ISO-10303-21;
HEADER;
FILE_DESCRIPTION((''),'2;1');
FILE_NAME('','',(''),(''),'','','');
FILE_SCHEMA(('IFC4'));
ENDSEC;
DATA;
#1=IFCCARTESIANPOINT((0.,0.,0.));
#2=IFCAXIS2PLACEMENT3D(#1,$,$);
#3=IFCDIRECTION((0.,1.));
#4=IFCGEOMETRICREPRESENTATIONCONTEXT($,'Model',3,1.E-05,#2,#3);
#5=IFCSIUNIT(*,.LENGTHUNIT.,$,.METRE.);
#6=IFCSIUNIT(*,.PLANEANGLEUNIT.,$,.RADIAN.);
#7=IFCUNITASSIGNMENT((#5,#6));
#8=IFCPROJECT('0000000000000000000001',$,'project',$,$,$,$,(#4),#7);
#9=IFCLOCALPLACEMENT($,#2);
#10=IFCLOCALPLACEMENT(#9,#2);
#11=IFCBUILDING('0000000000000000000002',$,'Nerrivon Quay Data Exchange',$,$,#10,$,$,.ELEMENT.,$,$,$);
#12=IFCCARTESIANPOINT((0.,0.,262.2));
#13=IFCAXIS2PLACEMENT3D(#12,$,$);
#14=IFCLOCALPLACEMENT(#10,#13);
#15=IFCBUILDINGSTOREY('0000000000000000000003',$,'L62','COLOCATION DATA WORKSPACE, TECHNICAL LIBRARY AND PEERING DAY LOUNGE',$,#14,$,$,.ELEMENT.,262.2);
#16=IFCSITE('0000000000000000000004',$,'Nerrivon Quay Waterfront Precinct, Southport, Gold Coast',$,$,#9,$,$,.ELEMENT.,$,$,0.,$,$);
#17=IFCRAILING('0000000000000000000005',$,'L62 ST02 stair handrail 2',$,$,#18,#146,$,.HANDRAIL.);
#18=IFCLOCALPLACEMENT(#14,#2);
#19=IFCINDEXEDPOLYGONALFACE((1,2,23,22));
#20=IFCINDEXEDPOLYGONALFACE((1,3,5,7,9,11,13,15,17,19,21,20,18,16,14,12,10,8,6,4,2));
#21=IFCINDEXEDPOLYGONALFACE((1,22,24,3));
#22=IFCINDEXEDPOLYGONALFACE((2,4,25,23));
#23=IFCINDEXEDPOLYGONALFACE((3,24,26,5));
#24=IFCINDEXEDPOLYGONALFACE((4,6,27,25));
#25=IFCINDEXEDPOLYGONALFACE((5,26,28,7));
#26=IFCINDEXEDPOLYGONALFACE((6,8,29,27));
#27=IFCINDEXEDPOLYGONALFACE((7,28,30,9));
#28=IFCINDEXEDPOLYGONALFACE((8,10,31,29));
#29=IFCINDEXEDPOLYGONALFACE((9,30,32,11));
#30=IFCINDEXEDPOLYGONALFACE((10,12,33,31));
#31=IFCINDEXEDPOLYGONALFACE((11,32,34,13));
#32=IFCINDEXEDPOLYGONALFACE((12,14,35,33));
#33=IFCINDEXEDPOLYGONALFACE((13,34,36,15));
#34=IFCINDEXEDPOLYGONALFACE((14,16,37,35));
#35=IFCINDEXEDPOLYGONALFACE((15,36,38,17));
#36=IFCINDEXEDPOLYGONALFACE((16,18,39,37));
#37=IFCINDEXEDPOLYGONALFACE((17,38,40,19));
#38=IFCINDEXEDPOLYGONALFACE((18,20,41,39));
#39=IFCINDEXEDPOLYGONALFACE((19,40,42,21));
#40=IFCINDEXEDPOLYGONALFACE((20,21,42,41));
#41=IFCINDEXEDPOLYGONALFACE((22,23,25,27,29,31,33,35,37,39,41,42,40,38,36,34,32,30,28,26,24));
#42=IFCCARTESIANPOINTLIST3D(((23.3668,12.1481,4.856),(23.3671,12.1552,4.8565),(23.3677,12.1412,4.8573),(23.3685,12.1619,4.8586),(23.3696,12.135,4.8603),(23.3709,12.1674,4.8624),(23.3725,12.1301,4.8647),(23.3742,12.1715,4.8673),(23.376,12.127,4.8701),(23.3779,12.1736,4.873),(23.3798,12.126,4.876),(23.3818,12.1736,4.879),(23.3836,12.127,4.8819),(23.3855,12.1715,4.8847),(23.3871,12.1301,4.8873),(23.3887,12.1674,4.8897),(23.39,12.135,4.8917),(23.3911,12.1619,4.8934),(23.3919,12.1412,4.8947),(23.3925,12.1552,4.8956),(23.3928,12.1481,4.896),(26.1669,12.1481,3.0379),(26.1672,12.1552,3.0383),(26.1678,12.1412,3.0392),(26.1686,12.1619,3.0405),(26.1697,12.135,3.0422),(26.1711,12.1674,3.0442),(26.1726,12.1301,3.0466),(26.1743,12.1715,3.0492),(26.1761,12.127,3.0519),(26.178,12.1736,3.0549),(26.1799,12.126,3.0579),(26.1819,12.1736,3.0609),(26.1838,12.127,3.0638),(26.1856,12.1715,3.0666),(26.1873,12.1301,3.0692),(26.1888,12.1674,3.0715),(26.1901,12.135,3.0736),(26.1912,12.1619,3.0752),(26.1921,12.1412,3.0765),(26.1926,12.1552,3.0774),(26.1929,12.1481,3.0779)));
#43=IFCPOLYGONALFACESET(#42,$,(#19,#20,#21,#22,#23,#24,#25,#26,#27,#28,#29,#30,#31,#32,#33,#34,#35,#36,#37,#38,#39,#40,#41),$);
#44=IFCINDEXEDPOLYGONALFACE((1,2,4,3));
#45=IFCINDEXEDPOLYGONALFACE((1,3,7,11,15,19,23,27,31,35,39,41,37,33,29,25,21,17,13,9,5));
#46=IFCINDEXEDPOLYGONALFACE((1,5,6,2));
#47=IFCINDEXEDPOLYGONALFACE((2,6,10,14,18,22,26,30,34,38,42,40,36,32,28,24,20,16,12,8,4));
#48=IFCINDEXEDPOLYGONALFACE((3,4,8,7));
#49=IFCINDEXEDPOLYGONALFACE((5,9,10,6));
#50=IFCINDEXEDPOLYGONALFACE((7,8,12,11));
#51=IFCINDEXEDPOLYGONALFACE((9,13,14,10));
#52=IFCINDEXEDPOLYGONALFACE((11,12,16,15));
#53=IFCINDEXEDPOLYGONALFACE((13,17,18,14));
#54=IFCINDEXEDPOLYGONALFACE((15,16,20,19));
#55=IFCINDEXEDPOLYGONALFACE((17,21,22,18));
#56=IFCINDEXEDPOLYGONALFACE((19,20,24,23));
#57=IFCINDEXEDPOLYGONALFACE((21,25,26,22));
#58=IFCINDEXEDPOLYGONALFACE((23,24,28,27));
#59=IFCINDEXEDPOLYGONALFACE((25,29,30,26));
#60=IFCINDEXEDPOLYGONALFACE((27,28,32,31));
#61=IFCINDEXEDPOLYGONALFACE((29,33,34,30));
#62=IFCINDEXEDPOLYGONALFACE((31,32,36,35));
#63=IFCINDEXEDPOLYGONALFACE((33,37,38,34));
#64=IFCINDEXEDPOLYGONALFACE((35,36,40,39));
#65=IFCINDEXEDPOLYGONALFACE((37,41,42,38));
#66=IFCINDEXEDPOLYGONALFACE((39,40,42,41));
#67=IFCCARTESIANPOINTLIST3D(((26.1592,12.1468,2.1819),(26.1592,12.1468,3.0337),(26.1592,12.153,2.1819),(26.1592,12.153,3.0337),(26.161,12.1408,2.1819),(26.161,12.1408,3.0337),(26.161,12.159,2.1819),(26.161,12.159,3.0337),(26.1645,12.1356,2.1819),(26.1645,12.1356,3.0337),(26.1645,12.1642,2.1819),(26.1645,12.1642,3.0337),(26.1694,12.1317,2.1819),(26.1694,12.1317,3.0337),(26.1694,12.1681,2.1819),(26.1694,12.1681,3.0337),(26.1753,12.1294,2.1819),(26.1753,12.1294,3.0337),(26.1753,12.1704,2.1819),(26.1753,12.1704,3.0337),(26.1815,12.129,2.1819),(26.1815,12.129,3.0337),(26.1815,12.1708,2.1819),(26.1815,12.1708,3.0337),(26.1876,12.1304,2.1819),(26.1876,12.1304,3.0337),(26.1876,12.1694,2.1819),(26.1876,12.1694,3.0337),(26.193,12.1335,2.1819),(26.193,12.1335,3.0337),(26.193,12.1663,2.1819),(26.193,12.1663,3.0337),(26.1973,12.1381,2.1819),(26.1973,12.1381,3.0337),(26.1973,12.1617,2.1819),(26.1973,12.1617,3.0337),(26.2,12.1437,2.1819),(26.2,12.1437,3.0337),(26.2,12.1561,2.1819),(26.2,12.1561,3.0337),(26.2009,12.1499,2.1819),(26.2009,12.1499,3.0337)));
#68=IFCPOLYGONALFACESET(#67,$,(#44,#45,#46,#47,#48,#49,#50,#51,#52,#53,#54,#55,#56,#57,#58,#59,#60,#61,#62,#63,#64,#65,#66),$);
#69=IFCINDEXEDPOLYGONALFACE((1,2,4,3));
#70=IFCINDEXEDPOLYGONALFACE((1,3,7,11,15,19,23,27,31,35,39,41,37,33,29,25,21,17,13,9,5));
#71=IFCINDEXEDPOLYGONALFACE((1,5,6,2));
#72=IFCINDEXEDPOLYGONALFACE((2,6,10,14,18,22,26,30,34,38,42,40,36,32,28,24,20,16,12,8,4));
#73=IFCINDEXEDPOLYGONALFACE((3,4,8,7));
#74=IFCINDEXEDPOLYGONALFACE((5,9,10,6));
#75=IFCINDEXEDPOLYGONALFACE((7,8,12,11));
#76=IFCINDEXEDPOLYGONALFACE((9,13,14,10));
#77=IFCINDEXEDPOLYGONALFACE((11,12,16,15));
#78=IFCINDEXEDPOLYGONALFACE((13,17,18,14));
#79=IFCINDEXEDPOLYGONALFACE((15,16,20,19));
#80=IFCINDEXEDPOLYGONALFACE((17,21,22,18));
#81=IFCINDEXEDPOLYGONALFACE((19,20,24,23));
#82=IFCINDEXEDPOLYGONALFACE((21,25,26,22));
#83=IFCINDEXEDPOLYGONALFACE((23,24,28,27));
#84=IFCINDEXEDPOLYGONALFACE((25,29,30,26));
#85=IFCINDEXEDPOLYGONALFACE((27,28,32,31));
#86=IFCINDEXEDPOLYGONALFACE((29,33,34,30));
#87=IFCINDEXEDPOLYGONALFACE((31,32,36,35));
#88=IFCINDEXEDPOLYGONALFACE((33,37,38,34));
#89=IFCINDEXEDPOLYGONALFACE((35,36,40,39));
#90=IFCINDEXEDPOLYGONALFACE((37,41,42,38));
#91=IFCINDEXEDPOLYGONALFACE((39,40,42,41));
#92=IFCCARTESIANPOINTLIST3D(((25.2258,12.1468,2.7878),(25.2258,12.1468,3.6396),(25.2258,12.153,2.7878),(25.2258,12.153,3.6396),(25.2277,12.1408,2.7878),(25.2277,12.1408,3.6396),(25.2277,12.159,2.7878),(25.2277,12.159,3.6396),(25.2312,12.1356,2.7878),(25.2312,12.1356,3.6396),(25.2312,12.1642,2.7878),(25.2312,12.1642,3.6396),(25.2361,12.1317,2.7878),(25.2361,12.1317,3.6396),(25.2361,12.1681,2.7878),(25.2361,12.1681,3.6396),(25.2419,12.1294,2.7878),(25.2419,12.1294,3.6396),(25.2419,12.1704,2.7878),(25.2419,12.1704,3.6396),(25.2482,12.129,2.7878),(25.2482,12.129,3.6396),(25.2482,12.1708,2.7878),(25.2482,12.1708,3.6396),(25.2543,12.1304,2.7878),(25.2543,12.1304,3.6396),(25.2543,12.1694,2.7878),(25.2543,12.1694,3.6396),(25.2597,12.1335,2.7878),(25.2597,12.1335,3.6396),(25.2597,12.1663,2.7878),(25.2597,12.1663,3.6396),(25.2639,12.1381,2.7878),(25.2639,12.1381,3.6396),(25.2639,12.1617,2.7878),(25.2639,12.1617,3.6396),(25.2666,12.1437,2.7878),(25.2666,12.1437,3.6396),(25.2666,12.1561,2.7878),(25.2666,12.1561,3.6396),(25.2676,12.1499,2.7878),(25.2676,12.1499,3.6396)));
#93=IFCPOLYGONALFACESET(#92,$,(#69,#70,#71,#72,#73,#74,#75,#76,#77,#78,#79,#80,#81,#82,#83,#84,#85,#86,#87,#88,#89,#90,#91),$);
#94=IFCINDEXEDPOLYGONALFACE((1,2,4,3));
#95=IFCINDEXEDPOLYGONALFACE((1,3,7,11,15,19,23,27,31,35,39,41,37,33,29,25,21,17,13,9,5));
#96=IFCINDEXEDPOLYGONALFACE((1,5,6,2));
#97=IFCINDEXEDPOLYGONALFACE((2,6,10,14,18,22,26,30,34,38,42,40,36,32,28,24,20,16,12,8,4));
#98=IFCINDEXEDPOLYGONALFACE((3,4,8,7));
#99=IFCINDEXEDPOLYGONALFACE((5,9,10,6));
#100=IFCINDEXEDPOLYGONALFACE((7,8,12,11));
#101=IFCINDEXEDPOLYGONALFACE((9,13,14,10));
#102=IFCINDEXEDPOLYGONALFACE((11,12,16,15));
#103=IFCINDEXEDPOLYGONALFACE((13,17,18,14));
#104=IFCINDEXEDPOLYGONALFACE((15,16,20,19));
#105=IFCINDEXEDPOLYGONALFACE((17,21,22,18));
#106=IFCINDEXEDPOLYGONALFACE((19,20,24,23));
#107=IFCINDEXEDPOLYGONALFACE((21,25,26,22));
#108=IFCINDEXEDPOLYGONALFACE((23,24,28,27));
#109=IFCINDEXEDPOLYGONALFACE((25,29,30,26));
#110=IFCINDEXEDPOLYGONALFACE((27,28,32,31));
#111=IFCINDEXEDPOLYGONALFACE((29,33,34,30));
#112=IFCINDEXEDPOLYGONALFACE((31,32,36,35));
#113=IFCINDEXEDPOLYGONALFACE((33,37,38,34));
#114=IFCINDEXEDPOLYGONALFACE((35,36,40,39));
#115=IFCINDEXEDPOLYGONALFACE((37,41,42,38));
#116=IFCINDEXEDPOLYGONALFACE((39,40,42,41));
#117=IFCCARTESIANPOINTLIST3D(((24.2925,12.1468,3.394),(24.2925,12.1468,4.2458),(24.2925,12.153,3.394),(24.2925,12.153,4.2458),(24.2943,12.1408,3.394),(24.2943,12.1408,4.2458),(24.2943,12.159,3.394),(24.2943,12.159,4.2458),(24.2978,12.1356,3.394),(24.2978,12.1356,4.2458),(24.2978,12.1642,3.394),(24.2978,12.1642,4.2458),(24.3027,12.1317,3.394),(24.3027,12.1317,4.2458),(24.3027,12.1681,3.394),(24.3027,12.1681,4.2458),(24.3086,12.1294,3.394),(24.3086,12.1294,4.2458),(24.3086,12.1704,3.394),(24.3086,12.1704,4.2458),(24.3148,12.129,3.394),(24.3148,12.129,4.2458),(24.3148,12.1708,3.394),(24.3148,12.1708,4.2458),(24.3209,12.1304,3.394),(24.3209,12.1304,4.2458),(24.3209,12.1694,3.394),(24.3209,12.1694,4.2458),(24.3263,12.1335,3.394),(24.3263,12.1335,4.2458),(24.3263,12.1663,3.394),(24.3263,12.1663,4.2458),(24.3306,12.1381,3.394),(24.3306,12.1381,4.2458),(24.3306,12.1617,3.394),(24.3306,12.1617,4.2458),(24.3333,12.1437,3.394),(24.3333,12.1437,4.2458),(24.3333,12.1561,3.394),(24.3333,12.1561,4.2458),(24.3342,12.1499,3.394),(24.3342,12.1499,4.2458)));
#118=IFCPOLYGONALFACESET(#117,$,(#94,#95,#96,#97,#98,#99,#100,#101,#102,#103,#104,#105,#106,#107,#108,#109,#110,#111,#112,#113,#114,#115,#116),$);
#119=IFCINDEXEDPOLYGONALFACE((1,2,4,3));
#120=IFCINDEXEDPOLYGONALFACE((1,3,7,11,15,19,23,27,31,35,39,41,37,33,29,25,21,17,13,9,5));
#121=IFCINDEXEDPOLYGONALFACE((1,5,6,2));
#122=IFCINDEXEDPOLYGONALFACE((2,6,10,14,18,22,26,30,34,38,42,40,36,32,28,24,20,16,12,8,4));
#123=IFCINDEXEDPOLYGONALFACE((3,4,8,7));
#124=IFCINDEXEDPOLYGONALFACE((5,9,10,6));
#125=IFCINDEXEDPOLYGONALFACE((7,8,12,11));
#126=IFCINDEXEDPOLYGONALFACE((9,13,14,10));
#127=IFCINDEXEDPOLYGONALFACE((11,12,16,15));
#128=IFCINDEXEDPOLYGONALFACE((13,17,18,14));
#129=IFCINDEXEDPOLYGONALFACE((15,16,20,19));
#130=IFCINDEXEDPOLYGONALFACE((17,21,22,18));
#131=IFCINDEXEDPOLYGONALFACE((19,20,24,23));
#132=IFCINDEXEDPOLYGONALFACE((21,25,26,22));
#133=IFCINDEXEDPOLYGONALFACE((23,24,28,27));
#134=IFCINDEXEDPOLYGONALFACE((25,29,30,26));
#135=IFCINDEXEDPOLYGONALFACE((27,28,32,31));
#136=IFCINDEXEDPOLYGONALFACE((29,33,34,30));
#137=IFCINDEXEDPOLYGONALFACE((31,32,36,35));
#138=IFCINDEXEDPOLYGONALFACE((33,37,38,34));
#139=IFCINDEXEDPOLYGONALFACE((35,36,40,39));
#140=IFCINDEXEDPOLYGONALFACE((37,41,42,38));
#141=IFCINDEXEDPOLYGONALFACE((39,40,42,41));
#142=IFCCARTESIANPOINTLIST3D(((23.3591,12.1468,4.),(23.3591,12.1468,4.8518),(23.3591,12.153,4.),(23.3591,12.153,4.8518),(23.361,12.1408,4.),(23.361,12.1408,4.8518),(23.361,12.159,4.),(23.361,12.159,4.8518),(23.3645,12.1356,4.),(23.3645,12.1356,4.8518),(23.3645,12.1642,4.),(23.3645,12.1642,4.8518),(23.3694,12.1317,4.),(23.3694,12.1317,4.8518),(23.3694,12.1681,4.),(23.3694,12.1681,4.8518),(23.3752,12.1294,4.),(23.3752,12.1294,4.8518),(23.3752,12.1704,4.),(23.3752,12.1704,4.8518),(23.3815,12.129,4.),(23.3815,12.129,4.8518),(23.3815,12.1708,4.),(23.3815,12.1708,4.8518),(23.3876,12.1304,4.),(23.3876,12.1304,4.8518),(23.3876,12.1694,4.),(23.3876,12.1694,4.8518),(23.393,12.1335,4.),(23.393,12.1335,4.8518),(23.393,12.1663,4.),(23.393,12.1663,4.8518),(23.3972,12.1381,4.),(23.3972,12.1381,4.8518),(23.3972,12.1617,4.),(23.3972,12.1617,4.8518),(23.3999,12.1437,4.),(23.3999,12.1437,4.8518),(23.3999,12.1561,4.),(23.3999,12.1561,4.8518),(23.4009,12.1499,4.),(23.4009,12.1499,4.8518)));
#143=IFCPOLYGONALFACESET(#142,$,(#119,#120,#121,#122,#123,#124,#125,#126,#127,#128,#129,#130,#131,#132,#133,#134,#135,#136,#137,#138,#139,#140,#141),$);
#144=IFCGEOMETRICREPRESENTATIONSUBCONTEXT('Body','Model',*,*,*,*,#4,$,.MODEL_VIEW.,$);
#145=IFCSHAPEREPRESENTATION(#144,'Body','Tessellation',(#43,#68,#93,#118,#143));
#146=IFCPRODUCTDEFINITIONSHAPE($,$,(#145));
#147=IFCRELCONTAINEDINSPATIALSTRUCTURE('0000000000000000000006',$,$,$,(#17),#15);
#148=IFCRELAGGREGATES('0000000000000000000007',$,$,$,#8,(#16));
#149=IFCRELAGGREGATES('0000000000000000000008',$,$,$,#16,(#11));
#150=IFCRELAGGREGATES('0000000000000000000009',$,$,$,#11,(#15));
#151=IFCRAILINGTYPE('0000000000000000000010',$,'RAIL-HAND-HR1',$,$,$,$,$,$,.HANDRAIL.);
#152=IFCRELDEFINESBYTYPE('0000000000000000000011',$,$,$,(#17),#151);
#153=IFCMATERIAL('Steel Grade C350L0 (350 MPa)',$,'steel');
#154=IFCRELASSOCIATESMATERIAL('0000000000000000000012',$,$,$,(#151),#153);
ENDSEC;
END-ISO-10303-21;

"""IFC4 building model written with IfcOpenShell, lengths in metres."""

from ifc_helpers import new_model, si_unit, direction, frame, origin, origin_2d, place, context, subcontext, project, spatial, circle, extrude, material, type_object, element, save


model = new_model("IFC4")

# Units and contexts
model_context = context("Model", 3, precision=1e-05, world=origin(), true_north=direction((0.0, 1.0)))
body_context = subcontext(model_context, "Body", "Model", "MODEL_VIEW")
ifc_project = project(units=[si_unit("LENGTHUNIT", "METRE"), si_unit("PLANEANGLEUNIT", "RADIAN")], contexts=[model_context])

# Site, building, storey
site_placement = place(None, origin())
site = spatial("IfcSite", under=ifc_project, at=site_placement, Name="Nerrivon Quay Waterfront Precinct, Southport, Gold Coast", CompositionType="ELEMENT", RefElevation=0.0)
building_placement = place(site_placement, origin())
building = spatial("IfcBuilding", under=site, at=building_placement, Name="Nerrivon Quay Data Exchange", CompositionType="ELEMENT")
storey_placement = place(building_placement, frame((0.0, 0.0, 262.2)))
storey = spatial("IfcBuildingStorey", under=building, at=storey_placement, Name="L62", Description="COLOCATION DATA WORKSPACE, TECHNICAL LIBRARY AND PEERING DAY LOUNGE", CompositionType="ELEMENT", Elevation=262.2)

# Railing
ifc_material_1 = material(Name="Steel Grade C350L0 (350 MPa)", Category="steel")
railing_type_1 = type_object("IfcRailingType", Name="RAIL-HAND-HR1", PredefinedType="HANDRAIL", material=ifc_material_1)
railing_1_placement = place(storey_placement, frame((26.1799, 12.1499, 2.1819)))
element("IfcRailing", 1, at=railing_1_placement, inside=storey, type_object=railing_type_1, Name="L62 ST02 stair handrail 2", PredefinedType="HANDRAIL", context=body_context, shape_type="SweptSolid", body=[
    extrude(circle(Radius=0.0239, at=origin_2d()), frame((0.0, 0.0, 0.876), z_axis=(-0.838706, 0.0, 0.544585), x_axis=(0.0, -1.0, 0.0)), (0.0, 0.0, 1.0), 3.3386),
    extrude(circle(Radius=0.021, at=origin_2d()), origin(), (0.0, 0.0, 1.0), 0.8518),
    extrude(circle(Radius=0.021, at=origin_2d()), frame((-0.9333, 0.0, 0.606)), (0.0, 0.0, 1.0), 0.8518),
    extrude(circle(Radius=0.021, at=origin_2d()), frame((-1.8667, 0.0, 1.2122)), (0.0, 0.0, 1.0), 0.8518),
    extrude(circle(Radius=0.021, at=origin_2d()), frame((-2.8, 0.0, 1.8181)), (0.0, 0.0, 1.0), 0.8518),
])

save(model, "model.ifc")
